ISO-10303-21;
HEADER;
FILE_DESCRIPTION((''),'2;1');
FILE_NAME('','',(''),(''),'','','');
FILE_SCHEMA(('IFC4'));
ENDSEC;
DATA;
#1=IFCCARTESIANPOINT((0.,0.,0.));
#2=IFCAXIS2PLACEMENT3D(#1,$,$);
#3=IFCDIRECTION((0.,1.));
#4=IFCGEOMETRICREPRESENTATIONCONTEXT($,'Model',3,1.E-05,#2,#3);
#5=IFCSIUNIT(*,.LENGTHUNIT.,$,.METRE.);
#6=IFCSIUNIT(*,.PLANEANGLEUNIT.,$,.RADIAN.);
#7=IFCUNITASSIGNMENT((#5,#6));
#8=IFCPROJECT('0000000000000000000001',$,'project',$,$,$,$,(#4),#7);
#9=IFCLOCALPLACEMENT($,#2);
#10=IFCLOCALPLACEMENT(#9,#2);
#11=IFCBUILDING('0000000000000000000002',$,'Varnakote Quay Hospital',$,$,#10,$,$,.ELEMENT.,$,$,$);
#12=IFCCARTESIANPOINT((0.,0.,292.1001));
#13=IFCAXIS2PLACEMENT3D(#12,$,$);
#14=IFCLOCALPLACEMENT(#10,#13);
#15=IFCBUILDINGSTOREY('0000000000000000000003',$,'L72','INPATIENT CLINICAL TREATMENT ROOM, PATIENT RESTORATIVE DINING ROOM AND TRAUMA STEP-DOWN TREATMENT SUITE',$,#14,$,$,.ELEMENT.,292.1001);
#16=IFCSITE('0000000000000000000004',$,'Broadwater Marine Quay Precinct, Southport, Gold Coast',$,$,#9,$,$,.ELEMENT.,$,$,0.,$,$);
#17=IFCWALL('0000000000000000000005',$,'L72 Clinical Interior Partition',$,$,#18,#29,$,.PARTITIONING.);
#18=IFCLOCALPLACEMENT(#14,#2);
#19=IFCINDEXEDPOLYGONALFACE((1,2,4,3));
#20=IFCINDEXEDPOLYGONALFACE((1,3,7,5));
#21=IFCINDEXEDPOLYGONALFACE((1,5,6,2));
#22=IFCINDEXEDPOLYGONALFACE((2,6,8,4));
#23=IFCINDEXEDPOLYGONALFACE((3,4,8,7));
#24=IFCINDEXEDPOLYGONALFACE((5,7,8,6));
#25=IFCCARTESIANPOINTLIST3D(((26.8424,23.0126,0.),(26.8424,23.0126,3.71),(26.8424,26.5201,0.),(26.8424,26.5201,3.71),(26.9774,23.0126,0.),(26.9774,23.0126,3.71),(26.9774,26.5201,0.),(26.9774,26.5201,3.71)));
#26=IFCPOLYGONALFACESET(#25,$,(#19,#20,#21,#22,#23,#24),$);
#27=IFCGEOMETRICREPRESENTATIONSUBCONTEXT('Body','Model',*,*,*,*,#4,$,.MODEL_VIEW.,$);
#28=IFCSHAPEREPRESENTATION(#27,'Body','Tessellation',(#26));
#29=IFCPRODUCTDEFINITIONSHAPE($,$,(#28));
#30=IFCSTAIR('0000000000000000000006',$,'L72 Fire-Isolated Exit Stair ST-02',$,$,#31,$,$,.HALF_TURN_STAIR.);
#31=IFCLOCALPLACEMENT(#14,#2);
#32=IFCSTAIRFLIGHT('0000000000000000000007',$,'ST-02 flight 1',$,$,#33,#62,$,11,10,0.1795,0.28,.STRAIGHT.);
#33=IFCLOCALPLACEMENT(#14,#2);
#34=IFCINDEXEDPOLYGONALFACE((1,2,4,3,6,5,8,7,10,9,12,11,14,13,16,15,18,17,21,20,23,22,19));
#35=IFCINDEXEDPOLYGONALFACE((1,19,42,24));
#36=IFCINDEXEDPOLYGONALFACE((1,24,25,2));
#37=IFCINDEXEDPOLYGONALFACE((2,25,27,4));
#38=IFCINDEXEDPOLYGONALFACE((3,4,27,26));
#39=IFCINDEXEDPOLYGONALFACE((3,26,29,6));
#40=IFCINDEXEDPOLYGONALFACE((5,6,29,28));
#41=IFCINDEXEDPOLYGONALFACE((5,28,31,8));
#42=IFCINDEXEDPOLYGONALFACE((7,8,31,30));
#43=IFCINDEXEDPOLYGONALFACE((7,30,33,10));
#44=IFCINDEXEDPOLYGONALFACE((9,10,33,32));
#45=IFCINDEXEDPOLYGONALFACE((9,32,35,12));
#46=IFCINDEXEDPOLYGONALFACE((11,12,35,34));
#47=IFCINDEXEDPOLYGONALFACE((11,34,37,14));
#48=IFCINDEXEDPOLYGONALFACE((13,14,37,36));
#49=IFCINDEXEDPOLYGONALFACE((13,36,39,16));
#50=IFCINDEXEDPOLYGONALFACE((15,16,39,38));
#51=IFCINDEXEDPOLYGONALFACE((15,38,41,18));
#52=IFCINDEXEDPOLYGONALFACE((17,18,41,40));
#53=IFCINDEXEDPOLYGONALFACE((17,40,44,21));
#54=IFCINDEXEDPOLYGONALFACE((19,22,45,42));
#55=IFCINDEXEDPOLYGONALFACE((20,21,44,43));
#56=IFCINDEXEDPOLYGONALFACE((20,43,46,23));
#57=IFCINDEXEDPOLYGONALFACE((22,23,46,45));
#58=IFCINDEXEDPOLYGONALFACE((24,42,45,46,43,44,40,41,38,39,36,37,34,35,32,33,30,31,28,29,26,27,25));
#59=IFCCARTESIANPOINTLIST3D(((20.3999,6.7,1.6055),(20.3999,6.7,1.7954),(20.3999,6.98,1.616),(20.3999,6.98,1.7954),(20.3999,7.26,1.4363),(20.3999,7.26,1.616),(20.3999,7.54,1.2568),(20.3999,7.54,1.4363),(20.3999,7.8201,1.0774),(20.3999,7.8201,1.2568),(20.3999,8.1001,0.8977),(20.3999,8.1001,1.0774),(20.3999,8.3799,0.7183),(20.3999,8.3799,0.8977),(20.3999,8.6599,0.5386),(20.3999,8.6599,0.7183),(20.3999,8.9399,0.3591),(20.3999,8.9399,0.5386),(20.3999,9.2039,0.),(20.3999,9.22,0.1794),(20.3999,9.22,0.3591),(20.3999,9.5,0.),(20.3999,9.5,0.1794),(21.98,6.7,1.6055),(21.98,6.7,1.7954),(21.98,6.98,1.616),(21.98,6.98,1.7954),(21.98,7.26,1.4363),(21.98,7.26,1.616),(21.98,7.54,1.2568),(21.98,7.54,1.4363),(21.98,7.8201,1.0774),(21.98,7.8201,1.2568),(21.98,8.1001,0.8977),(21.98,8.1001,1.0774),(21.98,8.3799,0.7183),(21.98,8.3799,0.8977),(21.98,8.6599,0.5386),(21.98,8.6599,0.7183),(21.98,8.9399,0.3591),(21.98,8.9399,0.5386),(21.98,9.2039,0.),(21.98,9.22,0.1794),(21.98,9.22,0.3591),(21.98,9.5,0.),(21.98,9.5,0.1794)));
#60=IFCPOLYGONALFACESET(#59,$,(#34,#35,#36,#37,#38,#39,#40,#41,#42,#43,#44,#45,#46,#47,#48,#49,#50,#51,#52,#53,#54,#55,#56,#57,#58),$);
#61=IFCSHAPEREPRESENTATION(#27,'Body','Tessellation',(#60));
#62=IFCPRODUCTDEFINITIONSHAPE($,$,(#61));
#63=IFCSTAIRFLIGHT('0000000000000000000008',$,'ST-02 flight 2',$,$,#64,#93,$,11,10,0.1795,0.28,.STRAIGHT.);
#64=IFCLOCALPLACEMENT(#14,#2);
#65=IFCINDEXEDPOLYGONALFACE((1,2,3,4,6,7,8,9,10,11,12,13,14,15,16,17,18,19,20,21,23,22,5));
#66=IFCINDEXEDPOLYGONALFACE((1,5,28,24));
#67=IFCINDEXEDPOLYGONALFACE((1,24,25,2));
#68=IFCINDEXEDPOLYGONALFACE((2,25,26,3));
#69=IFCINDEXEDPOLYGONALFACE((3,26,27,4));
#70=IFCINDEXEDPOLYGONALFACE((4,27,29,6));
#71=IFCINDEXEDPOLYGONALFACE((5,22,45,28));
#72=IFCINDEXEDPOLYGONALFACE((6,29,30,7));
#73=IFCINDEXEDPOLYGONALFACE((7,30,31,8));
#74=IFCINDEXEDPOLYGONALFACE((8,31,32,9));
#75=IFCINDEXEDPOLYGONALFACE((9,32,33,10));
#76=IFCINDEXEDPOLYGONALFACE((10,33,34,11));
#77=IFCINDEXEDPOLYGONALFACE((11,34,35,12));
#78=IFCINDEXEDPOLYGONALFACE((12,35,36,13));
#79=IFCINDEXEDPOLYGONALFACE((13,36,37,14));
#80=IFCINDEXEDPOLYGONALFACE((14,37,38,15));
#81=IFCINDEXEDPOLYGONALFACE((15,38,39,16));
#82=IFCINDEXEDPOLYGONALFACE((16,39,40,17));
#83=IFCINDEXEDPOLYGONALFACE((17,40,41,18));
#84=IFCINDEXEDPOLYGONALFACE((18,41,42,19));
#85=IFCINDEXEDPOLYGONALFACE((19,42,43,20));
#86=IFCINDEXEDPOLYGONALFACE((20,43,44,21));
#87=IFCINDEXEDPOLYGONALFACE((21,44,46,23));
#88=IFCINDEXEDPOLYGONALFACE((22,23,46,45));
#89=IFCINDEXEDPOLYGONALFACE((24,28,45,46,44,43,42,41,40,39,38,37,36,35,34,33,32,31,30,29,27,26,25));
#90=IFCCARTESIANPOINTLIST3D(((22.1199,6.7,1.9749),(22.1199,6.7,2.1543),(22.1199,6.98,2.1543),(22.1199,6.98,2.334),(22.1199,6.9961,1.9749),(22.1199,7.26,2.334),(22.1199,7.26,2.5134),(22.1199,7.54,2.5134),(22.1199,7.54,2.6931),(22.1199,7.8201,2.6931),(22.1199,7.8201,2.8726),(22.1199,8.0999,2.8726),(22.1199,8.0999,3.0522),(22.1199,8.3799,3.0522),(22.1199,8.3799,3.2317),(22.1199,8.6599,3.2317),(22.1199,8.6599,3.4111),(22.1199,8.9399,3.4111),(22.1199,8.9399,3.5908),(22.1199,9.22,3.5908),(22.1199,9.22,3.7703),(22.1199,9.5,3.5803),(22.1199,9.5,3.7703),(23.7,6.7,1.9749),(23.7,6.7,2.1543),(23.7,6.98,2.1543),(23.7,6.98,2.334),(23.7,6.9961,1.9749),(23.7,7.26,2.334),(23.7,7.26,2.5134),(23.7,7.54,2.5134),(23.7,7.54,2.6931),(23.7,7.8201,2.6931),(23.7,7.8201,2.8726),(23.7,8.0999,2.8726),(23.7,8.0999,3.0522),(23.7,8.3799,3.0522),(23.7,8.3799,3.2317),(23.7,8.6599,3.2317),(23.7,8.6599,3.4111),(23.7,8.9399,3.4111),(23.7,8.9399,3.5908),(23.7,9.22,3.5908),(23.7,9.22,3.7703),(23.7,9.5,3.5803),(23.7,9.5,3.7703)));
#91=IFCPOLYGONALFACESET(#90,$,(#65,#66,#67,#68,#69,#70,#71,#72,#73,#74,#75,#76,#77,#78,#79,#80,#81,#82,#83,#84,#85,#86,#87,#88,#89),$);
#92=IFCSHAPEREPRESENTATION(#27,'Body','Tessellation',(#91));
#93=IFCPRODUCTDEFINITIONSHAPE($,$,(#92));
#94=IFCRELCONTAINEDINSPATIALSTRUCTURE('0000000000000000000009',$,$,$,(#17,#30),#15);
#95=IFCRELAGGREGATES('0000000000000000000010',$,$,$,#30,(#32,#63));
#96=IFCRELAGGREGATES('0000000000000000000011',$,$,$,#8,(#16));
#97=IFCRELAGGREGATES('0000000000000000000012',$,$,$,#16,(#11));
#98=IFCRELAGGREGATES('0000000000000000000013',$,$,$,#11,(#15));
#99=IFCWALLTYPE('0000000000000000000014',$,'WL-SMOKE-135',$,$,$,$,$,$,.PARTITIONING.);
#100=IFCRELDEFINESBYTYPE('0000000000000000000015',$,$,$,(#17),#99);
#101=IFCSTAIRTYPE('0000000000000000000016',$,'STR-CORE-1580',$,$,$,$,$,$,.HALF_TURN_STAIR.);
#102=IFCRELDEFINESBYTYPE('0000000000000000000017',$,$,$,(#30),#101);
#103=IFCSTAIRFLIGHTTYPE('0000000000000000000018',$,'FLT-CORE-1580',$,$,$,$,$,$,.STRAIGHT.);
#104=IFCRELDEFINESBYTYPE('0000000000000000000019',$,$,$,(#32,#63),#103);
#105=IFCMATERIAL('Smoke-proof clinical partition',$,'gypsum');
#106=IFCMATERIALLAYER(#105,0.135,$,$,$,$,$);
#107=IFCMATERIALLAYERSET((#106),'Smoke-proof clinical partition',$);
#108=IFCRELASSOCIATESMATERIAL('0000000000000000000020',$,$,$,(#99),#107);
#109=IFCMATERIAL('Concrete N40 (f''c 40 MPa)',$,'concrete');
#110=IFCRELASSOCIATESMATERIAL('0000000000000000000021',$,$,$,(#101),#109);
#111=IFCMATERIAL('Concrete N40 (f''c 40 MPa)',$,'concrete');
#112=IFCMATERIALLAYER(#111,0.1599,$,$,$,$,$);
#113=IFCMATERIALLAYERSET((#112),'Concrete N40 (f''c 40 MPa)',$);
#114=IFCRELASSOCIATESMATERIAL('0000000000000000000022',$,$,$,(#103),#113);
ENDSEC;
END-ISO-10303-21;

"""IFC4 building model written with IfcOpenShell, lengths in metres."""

from ifc_helpers import new_model, si_unit, direction, frame, frame_2d, origin, place, context, subcontext, project, spatial, polyline, rectangle, outline, extrude, material, layer, layer_set, type_object, element, aggregate, save


model = new_model("IFC4")

# Units and contexts
model_context = context("Model", 3, precision=1e-05, world=origin(), true_north=direction((0.0, 1.0)))
body_context = subcontext(model_context, "Body", "Model", "MODEL_VIEW")
ifc_project = project(units=[si_unit("LENGTHUNIT", "METRE"), si_unit("PLANEANGLEUNIT", "RADIAN")], contexts=[model_context])

# Site, building, storey
site_placement = place(None, origin())
site = spatial("IfcSite", under=ifc_project, at=site_placement, Name="Broadwater Marine Quay Precinct, Southport, Gold Coast", CompositionType="ELEMENT", RefElevation=0.0)
building_placement = place(site_placement, origin())
building = spatial("IfcBuilding", under=site, at=building_placement, Name="Varnakote Quay Hospital", CompositionType="ELEMENT")
storey_placement = place(building_placement, frame((0.0, 0.0, 292.1001)))
storey = spatial("IfcBuildingStorey", under=building, at=storey_placement, Name="L72", Description="INPATIENT CLINICAL TREATMENT ROOM, PATIENT RESTORATIVE DINING ROOM AND TRAUMA STEP-DOWN TREATMENT SUITE", CompositionType="ELEMENT", Elevation=292.1001)

# Shared definitions
ifc_material_1 = material(Name="Smoke-proof clinical partition", Category="gypsum")
ifc_layer_1 = layer(ifc_material_1, 0.135)
ifc_layer_set_1 = layer_set([ifc_layer_1], Name="Smoke-proof clinical partition")
wall_type_1 = type_object("IfcWallType", Name="WL-SMOKE-135", PredefinedType="PARTITIONING", material=ifc_layer_set_1)

# Wall
wall_1_placement = place(storey_placement, frame((26.9099, 23.0125, 0.0), z_axis=(0.0, 0.0, 1.0), x_axis=(0.0, 1.0, 0.0)))
element("IfcWall", 1, at=wall_1_placement, inside=storey, type_object=wall_type_1, Name="L72 Clinical Interior Partition", PredefinedType="PARTITIONING", context=body_context, shape_type="SweptSolid", body=[
    extrude(rectangle(XDim=3.5076, YDim=0.135, at=frame_2d((1.7539, 0.0))), origin(), (0.0, 0.0, 1.0), 3.71),
])

# Stair, stair flights
ifc_material_2 = material(Name="Concrete N40 (f'c 40 MPa)", Category="concrete")
stair_type = type_object("IfcStairType", Name="STR-CORE-1580", PredefinedType="HALF_TURN_STAIR", material=ifc_material_2)
stair_placement = place(storey_placement, origin())
stair = element("IfcStair", 2, at=stair_placement, inside=storey, type_object=stair_type, Name="L72 Fire-Isolated Exit Stair ST-02", PredefinedType="HALF_TURN_STAIR")
ifc_material_3 = material(Name="Concrete N40 (f'c 40 MPa)", Category="concrete")
ifc_layer_2 = layer(ifc_material_3, 0.1599)
ifc_layer_set_2 = layer_set([ifc_layer_2], Name="Concrete N40 (f'c 40 MPa)")
stair_flight_type = type_object("IfcStairFlightType", Name="FLT-CORE-1580", PredefinedType="STRAIGHT", material=ifc_layer_set_2)
stair_flight_1_placement = place(storey_placement, frame((21.1899, 9.5, 0.0), z_axis=(0.0, 0.0, 1.0), x_axis=(0.0, -1.0, 0.0)))
stair_flight_1 = element("IfcStairFlight", 3, at=stair_flight_1_placement, type_object=stair_flight_type, Name="ST-02 flight 1", NumberOfRisers=11, NumberOfTreads=10, PredefinedType="STRAIGHT", RiserHeight=0.1795, TreadLength=0.28, context=body_context, shape_type="SweptSolid", body=[
    extrude(outline(polyline([(0.0, 0.0), (0.0, 0.1794), (0.28, 0.1794), (0.28, 0.3591), (0.5601, 0.3591), (0.5601, 0.5386), (0.8401, 0.5386), (0.8401, 0.7183), (1.1201, 0.7183), (1.1201, 0.8977), (1.3999, 0.8977), (1.3999, 1.0774), (1.6799, 1.0774), (1.6799, 1.2568), (1.96, 1.2568), (1.96, 1.4363), (2.24, 1.4363), (2.24, 1.616), (2.52, 1.616), (2.52, 1.7954), (2.8, 1.7954), (2.8, 1.9751), (2.8, 1.6055), (0.2961, 0.0), (0.0, 0.0)])), frame((0.0, 0.79, 0.0), z_axis=(0.0, -1.0, 0.0), x_axis=(1.0, 0.0, 0.0)), (0.0, 0.0, 1.0), 1.5801),
])
stair_flight_2_placement = place(storey_placement, frame((22.9099, 6.7, 1.9749), z_axis=(0.0, 0.0, 1.0), x_axis=(0.0, 1.0, 0.0)))
stair_flight_2 = element("IfcStairFlight", 4, at=stair_flight_2_placement, type_object=stair_flight_type, Name="ST-02 flight 2", NumberOfRisers=11, NumberOfTreads=10, PredefinedType="STRAIGHT", RiserHeight=0.1795, TreadLength=0.28, context=body_context, shape_type="SweptSolid", body=[
    extrude(outline(polyline([(0.0, 0.0), (0.0, 0.1794), (0.28, 0.1794), (0.28, 0.3591), (0.5601, 0.3591), (0.5601, 0.5386), (0.8401, 0.5386), (0.8401, 0.7183), (1.1201, 0.7183), (1.1201, 0.8977), (1.3999, 0.8977), (1.3999, 1.0774), (1.6799, 1.0774), (1.6799, 1.2568), (1.96, 1.2568), (1.96, 1.4363), (2.24, 1.4363), (2.24, 1.616), (2.52, 1.616), (2.52, 1.7954), (2.8, 1.7954), (2.8, 1.9751), (2.8, 1.6055), (0.2961, 0.0), (0.0, 0.0)])), frame((0.0, 0.79, 0.0), z_axis=(0.0, -1.0, 0.0), x_axis=(1.0, 0.0, 0.0)), (0.0, 0.0, 1.0), 1.5801),
])
aggregate(stair, [stair_flight_1, stair_flight_2])

save(model, "model.ifc")
